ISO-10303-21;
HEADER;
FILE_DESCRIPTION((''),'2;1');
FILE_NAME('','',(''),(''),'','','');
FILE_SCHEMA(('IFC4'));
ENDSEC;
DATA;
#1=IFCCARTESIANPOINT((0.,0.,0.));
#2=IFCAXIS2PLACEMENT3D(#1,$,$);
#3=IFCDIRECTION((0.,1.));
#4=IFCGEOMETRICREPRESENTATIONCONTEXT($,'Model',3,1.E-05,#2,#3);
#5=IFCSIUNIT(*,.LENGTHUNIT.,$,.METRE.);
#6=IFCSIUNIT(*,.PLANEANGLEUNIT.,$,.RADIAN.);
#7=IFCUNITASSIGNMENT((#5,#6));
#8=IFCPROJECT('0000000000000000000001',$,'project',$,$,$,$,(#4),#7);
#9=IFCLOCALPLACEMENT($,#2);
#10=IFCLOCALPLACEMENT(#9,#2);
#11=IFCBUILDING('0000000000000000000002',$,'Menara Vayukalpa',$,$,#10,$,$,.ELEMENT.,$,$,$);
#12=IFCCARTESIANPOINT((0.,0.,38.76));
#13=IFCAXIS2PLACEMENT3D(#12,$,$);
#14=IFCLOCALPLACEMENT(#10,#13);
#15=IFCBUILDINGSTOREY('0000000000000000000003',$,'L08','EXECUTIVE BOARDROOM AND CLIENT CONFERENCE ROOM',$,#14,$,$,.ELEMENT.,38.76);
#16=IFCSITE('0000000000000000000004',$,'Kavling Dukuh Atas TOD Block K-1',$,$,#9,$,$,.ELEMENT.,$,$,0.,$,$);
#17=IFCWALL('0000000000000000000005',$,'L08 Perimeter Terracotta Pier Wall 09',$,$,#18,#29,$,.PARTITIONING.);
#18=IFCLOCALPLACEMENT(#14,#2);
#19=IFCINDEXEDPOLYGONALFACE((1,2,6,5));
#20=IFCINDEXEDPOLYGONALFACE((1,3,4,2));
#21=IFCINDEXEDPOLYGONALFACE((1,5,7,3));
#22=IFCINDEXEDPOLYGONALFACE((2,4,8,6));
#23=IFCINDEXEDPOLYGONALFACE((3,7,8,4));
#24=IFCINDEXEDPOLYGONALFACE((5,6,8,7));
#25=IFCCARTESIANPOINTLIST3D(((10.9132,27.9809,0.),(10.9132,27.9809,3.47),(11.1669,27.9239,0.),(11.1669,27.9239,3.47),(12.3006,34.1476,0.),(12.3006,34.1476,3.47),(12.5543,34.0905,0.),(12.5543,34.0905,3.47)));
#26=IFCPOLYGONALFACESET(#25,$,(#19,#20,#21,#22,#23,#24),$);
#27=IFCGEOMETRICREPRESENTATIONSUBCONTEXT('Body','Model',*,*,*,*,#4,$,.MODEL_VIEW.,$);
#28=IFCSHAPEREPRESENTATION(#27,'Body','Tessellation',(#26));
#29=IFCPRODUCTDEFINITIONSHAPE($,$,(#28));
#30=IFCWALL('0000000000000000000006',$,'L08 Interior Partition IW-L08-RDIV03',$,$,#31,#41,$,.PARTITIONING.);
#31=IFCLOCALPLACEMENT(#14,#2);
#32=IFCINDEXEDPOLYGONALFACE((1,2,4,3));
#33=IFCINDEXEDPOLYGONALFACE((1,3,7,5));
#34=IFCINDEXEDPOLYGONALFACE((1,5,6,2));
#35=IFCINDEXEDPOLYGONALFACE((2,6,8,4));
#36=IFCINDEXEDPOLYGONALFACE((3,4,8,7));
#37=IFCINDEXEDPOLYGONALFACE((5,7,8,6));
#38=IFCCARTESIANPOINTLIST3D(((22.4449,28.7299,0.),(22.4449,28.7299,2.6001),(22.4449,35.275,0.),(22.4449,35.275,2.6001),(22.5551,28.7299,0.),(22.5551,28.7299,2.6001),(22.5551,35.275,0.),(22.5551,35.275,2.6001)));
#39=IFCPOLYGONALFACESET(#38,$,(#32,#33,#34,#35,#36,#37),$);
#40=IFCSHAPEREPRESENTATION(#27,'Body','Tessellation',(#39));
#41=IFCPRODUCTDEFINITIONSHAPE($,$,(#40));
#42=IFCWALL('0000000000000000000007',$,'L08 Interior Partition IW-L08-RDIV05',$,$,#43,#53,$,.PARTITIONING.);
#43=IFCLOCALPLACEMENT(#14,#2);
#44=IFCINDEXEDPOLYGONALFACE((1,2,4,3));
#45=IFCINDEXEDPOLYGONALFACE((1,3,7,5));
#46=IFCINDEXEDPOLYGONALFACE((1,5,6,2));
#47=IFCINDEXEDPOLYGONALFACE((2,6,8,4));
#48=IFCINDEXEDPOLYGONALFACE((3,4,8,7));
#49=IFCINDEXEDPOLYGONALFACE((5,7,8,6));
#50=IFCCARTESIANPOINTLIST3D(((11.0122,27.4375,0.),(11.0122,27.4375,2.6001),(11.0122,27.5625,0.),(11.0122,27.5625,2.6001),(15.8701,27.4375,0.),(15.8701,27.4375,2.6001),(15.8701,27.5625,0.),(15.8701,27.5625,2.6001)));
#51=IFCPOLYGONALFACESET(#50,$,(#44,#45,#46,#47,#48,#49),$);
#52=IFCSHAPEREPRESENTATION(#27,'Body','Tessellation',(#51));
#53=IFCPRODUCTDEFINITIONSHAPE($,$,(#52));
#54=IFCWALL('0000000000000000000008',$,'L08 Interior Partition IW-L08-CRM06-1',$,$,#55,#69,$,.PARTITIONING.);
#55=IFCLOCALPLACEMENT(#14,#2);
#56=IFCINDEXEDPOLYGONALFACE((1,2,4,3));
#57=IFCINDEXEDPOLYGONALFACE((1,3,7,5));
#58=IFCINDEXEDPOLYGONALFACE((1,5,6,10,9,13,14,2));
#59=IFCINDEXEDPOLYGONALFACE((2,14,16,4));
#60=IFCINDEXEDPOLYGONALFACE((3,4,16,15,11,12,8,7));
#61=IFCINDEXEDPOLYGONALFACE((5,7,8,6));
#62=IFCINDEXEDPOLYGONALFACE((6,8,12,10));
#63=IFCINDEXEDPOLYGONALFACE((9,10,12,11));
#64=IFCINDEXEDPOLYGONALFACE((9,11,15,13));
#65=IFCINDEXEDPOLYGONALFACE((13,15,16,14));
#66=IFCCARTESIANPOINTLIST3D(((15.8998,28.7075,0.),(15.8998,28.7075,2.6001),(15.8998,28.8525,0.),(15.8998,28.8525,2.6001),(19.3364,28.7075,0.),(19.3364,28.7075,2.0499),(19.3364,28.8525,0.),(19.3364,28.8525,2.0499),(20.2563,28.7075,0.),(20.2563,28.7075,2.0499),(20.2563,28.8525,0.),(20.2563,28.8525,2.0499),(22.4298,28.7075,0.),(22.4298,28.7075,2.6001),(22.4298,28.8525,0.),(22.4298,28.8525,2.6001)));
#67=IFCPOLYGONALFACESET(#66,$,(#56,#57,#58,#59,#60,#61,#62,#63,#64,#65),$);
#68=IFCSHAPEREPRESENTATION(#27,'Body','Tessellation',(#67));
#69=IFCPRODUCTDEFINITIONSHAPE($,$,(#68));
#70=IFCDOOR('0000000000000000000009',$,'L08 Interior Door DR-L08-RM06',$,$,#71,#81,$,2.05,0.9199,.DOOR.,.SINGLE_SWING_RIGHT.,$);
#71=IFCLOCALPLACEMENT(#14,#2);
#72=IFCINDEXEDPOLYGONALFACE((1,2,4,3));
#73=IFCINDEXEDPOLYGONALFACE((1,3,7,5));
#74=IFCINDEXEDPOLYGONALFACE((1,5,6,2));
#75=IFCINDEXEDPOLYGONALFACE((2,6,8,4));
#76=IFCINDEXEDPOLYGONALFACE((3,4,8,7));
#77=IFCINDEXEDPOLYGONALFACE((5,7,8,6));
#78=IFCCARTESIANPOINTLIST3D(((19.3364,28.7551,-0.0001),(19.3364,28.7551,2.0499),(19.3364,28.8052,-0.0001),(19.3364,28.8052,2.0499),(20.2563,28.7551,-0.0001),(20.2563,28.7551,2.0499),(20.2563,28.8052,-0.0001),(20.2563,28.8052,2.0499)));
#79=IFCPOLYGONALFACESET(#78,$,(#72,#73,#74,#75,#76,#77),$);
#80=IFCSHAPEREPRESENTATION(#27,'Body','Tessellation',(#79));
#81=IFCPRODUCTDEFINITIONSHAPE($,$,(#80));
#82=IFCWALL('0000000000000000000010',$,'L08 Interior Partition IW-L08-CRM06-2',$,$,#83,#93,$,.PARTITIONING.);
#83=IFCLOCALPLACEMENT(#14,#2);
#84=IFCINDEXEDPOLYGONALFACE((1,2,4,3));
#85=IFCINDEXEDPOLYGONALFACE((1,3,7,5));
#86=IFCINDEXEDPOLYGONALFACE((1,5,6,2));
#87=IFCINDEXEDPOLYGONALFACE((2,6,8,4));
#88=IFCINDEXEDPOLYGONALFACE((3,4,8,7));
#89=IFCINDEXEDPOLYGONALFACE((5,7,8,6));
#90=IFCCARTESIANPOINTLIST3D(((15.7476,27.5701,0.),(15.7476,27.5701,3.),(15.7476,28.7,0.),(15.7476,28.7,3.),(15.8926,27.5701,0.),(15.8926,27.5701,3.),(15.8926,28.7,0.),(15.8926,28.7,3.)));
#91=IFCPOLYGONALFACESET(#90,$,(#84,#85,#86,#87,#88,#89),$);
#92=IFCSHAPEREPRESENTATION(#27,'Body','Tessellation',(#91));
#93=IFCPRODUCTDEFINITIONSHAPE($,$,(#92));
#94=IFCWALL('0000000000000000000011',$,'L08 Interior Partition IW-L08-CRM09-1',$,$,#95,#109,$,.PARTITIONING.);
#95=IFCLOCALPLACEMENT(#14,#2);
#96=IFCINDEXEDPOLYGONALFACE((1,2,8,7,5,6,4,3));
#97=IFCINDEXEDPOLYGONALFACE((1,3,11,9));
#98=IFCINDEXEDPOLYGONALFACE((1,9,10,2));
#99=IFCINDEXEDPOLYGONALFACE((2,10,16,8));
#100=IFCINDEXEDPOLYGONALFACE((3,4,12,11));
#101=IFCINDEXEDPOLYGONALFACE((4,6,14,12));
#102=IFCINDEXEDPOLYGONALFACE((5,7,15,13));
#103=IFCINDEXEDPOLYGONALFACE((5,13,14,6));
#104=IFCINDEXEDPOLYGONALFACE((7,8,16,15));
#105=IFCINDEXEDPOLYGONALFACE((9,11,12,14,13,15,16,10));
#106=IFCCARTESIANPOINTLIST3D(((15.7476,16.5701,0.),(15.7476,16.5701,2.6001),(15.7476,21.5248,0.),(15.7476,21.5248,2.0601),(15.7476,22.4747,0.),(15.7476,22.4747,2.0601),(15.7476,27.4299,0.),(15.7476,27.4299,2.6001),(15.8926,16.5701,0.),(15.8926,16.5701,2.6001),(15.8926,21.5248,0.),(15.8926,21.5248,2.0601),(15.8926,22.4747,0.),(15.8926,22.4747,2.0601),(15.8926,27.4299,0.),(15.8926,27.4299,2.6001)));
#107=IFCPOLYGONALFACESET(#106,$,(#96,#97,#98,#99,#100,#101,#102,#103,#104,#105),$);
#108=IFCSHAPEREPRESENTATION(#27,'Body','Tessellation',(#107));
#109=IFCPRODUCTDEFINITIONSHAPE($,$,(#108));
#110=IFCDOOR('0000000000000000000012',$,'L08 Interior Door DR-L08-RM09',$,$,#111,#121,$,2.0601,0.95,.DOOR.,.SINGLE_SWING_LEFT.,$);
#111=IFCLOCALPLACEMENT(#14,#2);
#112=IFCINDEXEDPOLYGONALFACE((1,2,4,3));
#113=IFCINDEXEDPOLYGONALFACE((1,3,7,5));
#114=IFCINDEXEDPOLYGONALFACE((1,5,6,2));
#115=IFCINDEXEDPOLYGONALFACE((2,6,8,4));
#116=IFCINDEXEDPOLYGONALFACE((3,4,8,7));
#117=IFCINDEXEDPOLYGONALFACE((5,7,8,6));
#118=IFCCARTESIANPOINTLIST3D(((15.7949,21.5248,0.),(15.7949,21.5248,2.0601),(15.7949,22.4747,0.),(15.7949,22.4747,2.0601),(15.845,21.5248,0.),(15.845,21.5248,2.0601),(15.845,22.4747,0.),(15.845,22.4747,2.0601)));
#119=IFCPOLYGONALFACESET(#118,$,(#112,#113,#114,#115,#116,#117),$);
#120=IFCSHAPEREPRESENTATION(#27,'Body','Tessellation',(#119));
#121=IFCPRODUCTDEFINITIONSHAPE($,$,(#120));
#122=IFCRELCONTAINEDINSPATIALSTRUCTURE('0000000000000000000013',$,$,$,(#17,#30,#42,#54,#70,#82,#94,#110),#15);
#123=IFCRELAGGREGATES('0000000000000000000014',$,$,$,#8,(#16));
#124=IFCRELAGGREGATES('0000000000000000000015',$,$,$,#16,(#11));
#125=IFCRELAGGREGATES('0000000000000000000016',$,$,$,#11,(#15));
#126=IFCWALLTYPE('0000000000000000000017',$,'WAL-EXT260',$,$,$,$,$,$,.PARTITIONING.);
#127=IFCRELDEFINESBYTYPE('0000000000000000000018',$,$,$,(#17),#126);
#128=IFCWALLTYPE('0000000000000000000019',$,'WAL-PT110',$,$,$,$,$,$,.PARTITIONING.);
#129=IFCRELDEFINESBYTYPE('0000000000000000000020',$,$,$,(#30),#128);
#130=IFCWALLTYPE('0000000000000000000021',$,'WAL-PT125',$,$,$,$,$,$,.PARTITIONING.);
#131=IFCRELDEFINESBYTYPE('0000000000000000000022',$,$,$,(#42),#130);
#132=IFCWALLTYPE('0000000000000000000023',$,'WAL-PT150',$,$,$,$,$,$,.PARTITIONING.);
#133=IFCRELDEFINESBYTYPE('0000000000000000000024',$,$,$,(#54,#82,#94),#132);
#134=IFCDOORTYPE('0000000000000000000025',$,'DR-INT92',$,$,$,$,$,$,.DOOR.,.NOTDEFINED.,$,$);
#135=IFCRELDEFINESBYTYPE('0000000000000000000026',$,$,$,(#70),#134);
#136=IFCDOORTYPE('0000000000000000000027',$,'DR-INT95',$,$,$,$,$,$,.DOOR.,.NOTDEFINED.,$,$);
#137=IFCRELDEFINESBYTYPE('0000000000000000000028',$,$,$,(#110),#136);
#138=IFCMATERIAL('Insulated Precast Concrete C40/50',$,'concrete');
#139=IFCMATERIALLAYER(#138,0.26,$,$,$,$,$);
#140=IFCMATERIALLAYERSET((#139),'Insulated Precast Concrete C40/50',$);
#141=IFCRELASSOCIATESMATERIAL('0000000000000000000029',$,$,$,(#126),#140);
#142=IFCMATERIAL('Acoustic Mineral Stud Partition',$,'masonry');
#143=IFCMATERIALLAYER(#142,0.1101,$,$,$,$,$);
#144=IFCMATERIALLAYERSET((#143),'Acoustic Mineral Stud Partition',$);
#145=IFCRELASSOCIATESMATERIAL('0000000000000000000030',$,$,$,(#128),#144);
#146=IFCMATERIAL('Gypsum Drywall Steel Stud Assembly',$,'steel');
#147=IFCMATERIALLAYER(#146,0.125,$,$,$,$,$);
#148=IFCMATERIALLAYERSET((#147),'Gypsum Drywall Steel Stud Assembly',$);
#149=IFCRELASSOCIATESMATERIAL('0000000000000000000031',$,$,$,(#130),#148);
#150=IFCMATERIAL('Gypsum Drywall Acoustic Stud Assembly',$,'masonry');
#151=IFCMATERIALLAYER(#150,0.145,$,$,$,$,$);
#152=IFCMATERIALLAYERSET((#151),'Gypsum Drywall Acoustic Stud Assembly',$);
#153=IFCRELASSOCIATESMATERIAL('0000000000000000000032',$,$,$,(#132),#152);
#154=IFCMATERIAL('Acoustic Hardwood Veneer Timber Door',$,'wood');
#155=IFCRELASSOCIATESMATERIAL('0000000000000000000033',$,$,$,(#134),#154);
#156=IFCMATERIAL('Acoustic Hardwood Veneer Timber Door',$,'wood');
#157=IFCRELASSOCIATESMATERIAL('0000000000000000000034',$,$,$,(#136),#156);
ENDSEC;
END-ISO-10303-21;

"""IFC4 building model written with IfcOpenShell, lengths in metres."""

from ifc_helpers import new_model, si_unit, direction, frame, frame_2d, origin, place, context, subcontext, project, spatial, rectangle, extrude, material, layer, layer_set, type_object, element, fill, save


model = new_model("IFC4")

# Units and contexts
model_context = context("Model", 3, precision=1e-05, world=origin(), true_north=direction((0.0, 1.0)))
body_context = subcontext(model_context, "Body", "Model", "MODEL_VIEW")
ifc_project = project(units=[si_unit("LENGTHUNIT", "METRE"), si_unit("PLANEANGLEUNIT", "RADIAN")], contexts=[model_context])

# Site, building, storey
site_placement = place(None, origin())
site = spatial("IfcSite", under=ifc_project, at=site_placement, Name="Kavling Dukuh Atas TOD Block K-1", CompositionType="ELEMENT", RefElevation=0.0)
building_placement = place(site_placement, origin())
building = spatial("IfcBuilding", under=site, at=building_placement, Name="Menara Vayukalpa", CompositionType="ELEMENT")
storey_placement = place(building_placement, frame((0.0, 0.0, 38.76)))
storey = spatial("IfcBuildingStorey", under=building, at=storey_placement, Name="L08", Description="EXECUTIVE BOARDROOM AND CLIENT CONFERENCE ROOM", CompositionType="ELEMENT", Elevation=38.76)

# Walls
ifc_material_1 = material(Name="Insulated Precast Concrete C40/50", Category="concrete")
ifc_layer_1 = layer(ifc_material_1, 0.26)
ifc_layer_set_1 = layer_set([ifc_layer_1], Name="Insulated Precast Concrete C40/50")
wall_type_1 = type_object("IfcWallType", Name="WAL-EXT260", PredefinedType="PARTITIONING", material=ifc_layer_set_1)
wall_1_placement = place(storey_placement, frame((11.04, 27.9524, 0.0), z_axis=(0.0, 0.0, 1.0), x_axis=(0.219502, 0.975612, 0.0)))
element("IfcWall", 1, at=wall_1_placement, inside=storey, type_object=wall_type_1, Name="L08 Perimeter Terracotta Pier Wall 09", PredefinedType="PARTITIONING", context=body_context, shape_type="SweptSolid", body=[
    extrude(rectangle(XDim=6.3208, YDim=0.26, at=frame_2d((3.1604, 0.0))), origin(), (0.0, 0.0, 1.0), 3.47),
])
ifc_material_2 = material(Name="Acoustic Mineral Stud Partition", Category="masonry")
ifc_layer_2 = layer(ifc_material_2, 0.1101)
ifc_layer_set_2 = layer_set([ifc_layer_2], Name="Acoustic Mineral Stud Partition")
wall_type_2 = type_object("IfcWallType", Name="WAL-PT110", PredefinedType="PARTITIONING", material=ifc_layer_set_2)
wall_2_placement = place(storey_placement, frame((22.5, 28.73, 0.0), z_axis=(0.0, 0.0, 1.0), x_axis=(0.0, 1.0, 0.0)))
element("IfcWall", 2, at=wall_2_placement, inside=storey, type_object=wall_type_2, Name="L08 Interior Partition IW-L08-RDIV03", PredefinedType="PARTITIONING", context=body_context, shape_type="SweptSolid", body=[
    extrude(rectangle(XDim=6.5452, YDim=0.1101, at=frame_2d((3.2725, 0.0))), origin(), (0.0, 0.0, 1.0), 2.6001),
])
ifc_material_3 = material(Name="Gypsum Drywall Steel Stud Assembly", Category="steel")
ifc_layer_3 = layer(ifc_material_3, 0.125)
ifc_layer_set_3 = layer_set([ifc_layer_3], Name="Gypsum Drywall Steel Stud Assembly")
wall_type_3 = type_object("IfcWallType", Name="WAL-PT125", PredefinedType="PARTITIONING", material=ifc_layer_set_3)
wall_3_placement = place(storey_placement, frame((11.0122, 27.5, 0.0), z_axis=(0.0, 0.0, 1.0), x_axis=(1.0, 0.0, 0.0)))
element("IfcWall", 3, at=wall_3_placement, inside=storey, type_object=wall_type_3, Name="L08 Interior Partition IW-L08-RDIV05", PredefinedType="PARTITIONING", context=body_context, shape_type="SweptSolid", body=[
    extrude(rectangle(XDim=4.8579, YDim=0.125, at=frame_2d((2.429, 0.0))), origin(), (0.0, 0.0, 1.0), 2.6001),
])

# Wall, opening, door
ifc_material_4 = material(Name="Gypsum Drywall Acoustic Stud Assembly", Category="masonry")
ifc_layer_4 = layer(ifc_material_4, 0.145)
ifc_layer_set_4 = layer_set([ifc_layer_4], Name="Gypsum Drywall Acoustic Stud Assembly")
wall_type_4 = type_object("IfcWallType", Name="WAL-PT150", PredefinedType="PARTITIONING", material=ifc_layer_set_4)
wall_4_placement = place(storey_placement, frame((22.4299, 28.78, 0.0), z_axis=(0.0, 0.0, 1.0), x_axis=(-1.0, 0.0, 0.0)))
wall_4 = element("IfcWall", 4, at=wall_4_placement, inside=storey, type_object=wall_type_4, Name="L08 Interior Partition IW-L08-CRM06-1", PredefinedType="PARTITIONING", context=body_context, shape_type="SweptSolid", body=[
    extrude(rectangle(XDim=6.53, YDim=0.145, at=frame_2d((3.2651, 0.0))), origin(), (0.0, 0.0, 1.0), 2.6001),
])
opening_1_placement = place(wall_4_placement, frame((2.1736, 0.0, 0.0)))
opening_1 = element("IfcOpeningElement", 5, at=opening_1_placement, cuts=wall_4, PredefinedType="OPENING", context=body_context, shape_type="SweptSolid", body=[
    extrude(rectangle(XDim=0.9199, YDim=2.05, at=frame_2d((0.46, 1.0249))), frame((0.0, 0.0825, 0.0), z_axis=(0.0, -1.0, 0.0), x_axis=(1.0, 0.0, 0.0)), (0.0, 0.0, 1.0), 0.165),
])
ifc_material_5 = material(Name="Acoustic Hardwood Veneer Timber Door", Category="wood")
door_type_1 = type_object("IfcDoorType", Name="DR-INT92", OperationType="NOTDEFINED", PredefinedType="DOOR", material=ifc_material_5)
door_1_placement = place(opening_1_placement, origin())
door_1 = element("IfcDoor", 6, at=door_1_placement, inside=storey, type_object=door_type_1, Name="L08 Interior Door DR-L08-RM06", OperationType="SINGLE_SWING_RIGHT", OverallHeight=2.05, OverallWidth=0.9199, PredefinedType="DOOR", context=body_context, shape_type="SweptSolid", body=[
    extrude(rectangle(XDim=0.9199, YDim=2.05, at=frame_2d((0.46, 1.0249))), frame((0.0, 0.0249, 0.0), z_axis=(0.0, -1.0, 0.0), x_axis=(1.0, 0.0, 0.0)), (0.0, 0.0, 1.0), 0.05),
])
fill(opening_1, door_1)

# Wall
wall_5_placement = place(storey_placement, frame((15.8201, 28.7, 0.0), z_axis=(0.0, 0.0, 1.0), x_axis=(0.0, -1.0, 0.0)))
element("IfcWall", 7, at=wall_5_placement, inside=storey, type_object=wall_type_4, Name="L08 Interior Partition IW-L08-CRM06-2", PredefinedType="PARTITIONING", context=body_context, shape_type="SweptSolid", body=[
    extrude(rectangle(XDim=1.1299, YDim=0.145, at=frame_2d((0.5649, 0.0))), origin(), (0.0, 0.0, 1.0), 3.0),
])

# Wall, opening, door
wall_6_placement = place(storey_placement, frame((15.8201, 27.4299, 0.0), z_axis=(0.0, 0.0, 1.0), x_axis=(0.0, -1.0, 0.0)))
wall_6 = element("IfcWall", 8, at=wall_6_placement, inside=storey, type_object=wall_type_4, Name="L08 Interior Partition IW-L08-CRM09-1", PredefinedType="PARTITIONING", context=body_context, shape_type="SweptSolid", body=[
    extrude(rectangle(XDim=10.8599, YDim=0.145, at=frame_2d((5.4299, 0.0))), origin(), (0.0, 0.0, 1.0), 2.6001),
])
opening_2_placement = place(wall_6_placement, frame((4.9551, 0.0, 0.0)))
opening_2 = element("IfcOpeningElement", 9, at=opening_2_placement, cuts=wall_6, PredefinedType="OPENING", context=body_context, shape_type="SweptSolid", body=[
    extrude(rectangle(XDim=0.95, YDim=2.0601, at=frame_2d((0.4751, 1.03))), frame((0.0, 0.0825, 0.0), z_axis=(0.0, -1.0, 0.0), x_axis=(1.0, 0.0, 0.0)), (0.0, 0.0, 1.0), 0.165),
])
ifc_material_6 = material(Name="Acoustic Hardwood Veneer Timber Door", Category="wood")
door_type_2 = type_object("IfcDoorType", Name="DR-INT95", OperationType="NOTDEFINED", PredefinedType="DOOR", material=ifc_material_6)
door_2_placement = place(opening_2_placement, origin())
door_2 = element("IfcDoor", 10, at=door_2_placement, inside=storey, type_object=door_type_2, Name="L08 Interior Door DR-L08-RM09", OperationType="SINGLE_SWING_LEFT", OverallHeight=2.0601, OverallWidth=0.95, PredefinedType="DOOR", context=body_context, shape_type="SweptSolid", body=[
    extrude(rectangle(XDim=0.95, YDim=2.0601, at=frame_2d((0.4751, 1.03))), frame((0.0, 0.0249, 0.0), z_axis=(0.0, -1.0, 0.0), x_axis=(1.0, 0.0, 0.0)), (0.0, 0.0, 1.0), 0.05),
])
fill(opening_2, door_2)

save(model, "model.ifc")
